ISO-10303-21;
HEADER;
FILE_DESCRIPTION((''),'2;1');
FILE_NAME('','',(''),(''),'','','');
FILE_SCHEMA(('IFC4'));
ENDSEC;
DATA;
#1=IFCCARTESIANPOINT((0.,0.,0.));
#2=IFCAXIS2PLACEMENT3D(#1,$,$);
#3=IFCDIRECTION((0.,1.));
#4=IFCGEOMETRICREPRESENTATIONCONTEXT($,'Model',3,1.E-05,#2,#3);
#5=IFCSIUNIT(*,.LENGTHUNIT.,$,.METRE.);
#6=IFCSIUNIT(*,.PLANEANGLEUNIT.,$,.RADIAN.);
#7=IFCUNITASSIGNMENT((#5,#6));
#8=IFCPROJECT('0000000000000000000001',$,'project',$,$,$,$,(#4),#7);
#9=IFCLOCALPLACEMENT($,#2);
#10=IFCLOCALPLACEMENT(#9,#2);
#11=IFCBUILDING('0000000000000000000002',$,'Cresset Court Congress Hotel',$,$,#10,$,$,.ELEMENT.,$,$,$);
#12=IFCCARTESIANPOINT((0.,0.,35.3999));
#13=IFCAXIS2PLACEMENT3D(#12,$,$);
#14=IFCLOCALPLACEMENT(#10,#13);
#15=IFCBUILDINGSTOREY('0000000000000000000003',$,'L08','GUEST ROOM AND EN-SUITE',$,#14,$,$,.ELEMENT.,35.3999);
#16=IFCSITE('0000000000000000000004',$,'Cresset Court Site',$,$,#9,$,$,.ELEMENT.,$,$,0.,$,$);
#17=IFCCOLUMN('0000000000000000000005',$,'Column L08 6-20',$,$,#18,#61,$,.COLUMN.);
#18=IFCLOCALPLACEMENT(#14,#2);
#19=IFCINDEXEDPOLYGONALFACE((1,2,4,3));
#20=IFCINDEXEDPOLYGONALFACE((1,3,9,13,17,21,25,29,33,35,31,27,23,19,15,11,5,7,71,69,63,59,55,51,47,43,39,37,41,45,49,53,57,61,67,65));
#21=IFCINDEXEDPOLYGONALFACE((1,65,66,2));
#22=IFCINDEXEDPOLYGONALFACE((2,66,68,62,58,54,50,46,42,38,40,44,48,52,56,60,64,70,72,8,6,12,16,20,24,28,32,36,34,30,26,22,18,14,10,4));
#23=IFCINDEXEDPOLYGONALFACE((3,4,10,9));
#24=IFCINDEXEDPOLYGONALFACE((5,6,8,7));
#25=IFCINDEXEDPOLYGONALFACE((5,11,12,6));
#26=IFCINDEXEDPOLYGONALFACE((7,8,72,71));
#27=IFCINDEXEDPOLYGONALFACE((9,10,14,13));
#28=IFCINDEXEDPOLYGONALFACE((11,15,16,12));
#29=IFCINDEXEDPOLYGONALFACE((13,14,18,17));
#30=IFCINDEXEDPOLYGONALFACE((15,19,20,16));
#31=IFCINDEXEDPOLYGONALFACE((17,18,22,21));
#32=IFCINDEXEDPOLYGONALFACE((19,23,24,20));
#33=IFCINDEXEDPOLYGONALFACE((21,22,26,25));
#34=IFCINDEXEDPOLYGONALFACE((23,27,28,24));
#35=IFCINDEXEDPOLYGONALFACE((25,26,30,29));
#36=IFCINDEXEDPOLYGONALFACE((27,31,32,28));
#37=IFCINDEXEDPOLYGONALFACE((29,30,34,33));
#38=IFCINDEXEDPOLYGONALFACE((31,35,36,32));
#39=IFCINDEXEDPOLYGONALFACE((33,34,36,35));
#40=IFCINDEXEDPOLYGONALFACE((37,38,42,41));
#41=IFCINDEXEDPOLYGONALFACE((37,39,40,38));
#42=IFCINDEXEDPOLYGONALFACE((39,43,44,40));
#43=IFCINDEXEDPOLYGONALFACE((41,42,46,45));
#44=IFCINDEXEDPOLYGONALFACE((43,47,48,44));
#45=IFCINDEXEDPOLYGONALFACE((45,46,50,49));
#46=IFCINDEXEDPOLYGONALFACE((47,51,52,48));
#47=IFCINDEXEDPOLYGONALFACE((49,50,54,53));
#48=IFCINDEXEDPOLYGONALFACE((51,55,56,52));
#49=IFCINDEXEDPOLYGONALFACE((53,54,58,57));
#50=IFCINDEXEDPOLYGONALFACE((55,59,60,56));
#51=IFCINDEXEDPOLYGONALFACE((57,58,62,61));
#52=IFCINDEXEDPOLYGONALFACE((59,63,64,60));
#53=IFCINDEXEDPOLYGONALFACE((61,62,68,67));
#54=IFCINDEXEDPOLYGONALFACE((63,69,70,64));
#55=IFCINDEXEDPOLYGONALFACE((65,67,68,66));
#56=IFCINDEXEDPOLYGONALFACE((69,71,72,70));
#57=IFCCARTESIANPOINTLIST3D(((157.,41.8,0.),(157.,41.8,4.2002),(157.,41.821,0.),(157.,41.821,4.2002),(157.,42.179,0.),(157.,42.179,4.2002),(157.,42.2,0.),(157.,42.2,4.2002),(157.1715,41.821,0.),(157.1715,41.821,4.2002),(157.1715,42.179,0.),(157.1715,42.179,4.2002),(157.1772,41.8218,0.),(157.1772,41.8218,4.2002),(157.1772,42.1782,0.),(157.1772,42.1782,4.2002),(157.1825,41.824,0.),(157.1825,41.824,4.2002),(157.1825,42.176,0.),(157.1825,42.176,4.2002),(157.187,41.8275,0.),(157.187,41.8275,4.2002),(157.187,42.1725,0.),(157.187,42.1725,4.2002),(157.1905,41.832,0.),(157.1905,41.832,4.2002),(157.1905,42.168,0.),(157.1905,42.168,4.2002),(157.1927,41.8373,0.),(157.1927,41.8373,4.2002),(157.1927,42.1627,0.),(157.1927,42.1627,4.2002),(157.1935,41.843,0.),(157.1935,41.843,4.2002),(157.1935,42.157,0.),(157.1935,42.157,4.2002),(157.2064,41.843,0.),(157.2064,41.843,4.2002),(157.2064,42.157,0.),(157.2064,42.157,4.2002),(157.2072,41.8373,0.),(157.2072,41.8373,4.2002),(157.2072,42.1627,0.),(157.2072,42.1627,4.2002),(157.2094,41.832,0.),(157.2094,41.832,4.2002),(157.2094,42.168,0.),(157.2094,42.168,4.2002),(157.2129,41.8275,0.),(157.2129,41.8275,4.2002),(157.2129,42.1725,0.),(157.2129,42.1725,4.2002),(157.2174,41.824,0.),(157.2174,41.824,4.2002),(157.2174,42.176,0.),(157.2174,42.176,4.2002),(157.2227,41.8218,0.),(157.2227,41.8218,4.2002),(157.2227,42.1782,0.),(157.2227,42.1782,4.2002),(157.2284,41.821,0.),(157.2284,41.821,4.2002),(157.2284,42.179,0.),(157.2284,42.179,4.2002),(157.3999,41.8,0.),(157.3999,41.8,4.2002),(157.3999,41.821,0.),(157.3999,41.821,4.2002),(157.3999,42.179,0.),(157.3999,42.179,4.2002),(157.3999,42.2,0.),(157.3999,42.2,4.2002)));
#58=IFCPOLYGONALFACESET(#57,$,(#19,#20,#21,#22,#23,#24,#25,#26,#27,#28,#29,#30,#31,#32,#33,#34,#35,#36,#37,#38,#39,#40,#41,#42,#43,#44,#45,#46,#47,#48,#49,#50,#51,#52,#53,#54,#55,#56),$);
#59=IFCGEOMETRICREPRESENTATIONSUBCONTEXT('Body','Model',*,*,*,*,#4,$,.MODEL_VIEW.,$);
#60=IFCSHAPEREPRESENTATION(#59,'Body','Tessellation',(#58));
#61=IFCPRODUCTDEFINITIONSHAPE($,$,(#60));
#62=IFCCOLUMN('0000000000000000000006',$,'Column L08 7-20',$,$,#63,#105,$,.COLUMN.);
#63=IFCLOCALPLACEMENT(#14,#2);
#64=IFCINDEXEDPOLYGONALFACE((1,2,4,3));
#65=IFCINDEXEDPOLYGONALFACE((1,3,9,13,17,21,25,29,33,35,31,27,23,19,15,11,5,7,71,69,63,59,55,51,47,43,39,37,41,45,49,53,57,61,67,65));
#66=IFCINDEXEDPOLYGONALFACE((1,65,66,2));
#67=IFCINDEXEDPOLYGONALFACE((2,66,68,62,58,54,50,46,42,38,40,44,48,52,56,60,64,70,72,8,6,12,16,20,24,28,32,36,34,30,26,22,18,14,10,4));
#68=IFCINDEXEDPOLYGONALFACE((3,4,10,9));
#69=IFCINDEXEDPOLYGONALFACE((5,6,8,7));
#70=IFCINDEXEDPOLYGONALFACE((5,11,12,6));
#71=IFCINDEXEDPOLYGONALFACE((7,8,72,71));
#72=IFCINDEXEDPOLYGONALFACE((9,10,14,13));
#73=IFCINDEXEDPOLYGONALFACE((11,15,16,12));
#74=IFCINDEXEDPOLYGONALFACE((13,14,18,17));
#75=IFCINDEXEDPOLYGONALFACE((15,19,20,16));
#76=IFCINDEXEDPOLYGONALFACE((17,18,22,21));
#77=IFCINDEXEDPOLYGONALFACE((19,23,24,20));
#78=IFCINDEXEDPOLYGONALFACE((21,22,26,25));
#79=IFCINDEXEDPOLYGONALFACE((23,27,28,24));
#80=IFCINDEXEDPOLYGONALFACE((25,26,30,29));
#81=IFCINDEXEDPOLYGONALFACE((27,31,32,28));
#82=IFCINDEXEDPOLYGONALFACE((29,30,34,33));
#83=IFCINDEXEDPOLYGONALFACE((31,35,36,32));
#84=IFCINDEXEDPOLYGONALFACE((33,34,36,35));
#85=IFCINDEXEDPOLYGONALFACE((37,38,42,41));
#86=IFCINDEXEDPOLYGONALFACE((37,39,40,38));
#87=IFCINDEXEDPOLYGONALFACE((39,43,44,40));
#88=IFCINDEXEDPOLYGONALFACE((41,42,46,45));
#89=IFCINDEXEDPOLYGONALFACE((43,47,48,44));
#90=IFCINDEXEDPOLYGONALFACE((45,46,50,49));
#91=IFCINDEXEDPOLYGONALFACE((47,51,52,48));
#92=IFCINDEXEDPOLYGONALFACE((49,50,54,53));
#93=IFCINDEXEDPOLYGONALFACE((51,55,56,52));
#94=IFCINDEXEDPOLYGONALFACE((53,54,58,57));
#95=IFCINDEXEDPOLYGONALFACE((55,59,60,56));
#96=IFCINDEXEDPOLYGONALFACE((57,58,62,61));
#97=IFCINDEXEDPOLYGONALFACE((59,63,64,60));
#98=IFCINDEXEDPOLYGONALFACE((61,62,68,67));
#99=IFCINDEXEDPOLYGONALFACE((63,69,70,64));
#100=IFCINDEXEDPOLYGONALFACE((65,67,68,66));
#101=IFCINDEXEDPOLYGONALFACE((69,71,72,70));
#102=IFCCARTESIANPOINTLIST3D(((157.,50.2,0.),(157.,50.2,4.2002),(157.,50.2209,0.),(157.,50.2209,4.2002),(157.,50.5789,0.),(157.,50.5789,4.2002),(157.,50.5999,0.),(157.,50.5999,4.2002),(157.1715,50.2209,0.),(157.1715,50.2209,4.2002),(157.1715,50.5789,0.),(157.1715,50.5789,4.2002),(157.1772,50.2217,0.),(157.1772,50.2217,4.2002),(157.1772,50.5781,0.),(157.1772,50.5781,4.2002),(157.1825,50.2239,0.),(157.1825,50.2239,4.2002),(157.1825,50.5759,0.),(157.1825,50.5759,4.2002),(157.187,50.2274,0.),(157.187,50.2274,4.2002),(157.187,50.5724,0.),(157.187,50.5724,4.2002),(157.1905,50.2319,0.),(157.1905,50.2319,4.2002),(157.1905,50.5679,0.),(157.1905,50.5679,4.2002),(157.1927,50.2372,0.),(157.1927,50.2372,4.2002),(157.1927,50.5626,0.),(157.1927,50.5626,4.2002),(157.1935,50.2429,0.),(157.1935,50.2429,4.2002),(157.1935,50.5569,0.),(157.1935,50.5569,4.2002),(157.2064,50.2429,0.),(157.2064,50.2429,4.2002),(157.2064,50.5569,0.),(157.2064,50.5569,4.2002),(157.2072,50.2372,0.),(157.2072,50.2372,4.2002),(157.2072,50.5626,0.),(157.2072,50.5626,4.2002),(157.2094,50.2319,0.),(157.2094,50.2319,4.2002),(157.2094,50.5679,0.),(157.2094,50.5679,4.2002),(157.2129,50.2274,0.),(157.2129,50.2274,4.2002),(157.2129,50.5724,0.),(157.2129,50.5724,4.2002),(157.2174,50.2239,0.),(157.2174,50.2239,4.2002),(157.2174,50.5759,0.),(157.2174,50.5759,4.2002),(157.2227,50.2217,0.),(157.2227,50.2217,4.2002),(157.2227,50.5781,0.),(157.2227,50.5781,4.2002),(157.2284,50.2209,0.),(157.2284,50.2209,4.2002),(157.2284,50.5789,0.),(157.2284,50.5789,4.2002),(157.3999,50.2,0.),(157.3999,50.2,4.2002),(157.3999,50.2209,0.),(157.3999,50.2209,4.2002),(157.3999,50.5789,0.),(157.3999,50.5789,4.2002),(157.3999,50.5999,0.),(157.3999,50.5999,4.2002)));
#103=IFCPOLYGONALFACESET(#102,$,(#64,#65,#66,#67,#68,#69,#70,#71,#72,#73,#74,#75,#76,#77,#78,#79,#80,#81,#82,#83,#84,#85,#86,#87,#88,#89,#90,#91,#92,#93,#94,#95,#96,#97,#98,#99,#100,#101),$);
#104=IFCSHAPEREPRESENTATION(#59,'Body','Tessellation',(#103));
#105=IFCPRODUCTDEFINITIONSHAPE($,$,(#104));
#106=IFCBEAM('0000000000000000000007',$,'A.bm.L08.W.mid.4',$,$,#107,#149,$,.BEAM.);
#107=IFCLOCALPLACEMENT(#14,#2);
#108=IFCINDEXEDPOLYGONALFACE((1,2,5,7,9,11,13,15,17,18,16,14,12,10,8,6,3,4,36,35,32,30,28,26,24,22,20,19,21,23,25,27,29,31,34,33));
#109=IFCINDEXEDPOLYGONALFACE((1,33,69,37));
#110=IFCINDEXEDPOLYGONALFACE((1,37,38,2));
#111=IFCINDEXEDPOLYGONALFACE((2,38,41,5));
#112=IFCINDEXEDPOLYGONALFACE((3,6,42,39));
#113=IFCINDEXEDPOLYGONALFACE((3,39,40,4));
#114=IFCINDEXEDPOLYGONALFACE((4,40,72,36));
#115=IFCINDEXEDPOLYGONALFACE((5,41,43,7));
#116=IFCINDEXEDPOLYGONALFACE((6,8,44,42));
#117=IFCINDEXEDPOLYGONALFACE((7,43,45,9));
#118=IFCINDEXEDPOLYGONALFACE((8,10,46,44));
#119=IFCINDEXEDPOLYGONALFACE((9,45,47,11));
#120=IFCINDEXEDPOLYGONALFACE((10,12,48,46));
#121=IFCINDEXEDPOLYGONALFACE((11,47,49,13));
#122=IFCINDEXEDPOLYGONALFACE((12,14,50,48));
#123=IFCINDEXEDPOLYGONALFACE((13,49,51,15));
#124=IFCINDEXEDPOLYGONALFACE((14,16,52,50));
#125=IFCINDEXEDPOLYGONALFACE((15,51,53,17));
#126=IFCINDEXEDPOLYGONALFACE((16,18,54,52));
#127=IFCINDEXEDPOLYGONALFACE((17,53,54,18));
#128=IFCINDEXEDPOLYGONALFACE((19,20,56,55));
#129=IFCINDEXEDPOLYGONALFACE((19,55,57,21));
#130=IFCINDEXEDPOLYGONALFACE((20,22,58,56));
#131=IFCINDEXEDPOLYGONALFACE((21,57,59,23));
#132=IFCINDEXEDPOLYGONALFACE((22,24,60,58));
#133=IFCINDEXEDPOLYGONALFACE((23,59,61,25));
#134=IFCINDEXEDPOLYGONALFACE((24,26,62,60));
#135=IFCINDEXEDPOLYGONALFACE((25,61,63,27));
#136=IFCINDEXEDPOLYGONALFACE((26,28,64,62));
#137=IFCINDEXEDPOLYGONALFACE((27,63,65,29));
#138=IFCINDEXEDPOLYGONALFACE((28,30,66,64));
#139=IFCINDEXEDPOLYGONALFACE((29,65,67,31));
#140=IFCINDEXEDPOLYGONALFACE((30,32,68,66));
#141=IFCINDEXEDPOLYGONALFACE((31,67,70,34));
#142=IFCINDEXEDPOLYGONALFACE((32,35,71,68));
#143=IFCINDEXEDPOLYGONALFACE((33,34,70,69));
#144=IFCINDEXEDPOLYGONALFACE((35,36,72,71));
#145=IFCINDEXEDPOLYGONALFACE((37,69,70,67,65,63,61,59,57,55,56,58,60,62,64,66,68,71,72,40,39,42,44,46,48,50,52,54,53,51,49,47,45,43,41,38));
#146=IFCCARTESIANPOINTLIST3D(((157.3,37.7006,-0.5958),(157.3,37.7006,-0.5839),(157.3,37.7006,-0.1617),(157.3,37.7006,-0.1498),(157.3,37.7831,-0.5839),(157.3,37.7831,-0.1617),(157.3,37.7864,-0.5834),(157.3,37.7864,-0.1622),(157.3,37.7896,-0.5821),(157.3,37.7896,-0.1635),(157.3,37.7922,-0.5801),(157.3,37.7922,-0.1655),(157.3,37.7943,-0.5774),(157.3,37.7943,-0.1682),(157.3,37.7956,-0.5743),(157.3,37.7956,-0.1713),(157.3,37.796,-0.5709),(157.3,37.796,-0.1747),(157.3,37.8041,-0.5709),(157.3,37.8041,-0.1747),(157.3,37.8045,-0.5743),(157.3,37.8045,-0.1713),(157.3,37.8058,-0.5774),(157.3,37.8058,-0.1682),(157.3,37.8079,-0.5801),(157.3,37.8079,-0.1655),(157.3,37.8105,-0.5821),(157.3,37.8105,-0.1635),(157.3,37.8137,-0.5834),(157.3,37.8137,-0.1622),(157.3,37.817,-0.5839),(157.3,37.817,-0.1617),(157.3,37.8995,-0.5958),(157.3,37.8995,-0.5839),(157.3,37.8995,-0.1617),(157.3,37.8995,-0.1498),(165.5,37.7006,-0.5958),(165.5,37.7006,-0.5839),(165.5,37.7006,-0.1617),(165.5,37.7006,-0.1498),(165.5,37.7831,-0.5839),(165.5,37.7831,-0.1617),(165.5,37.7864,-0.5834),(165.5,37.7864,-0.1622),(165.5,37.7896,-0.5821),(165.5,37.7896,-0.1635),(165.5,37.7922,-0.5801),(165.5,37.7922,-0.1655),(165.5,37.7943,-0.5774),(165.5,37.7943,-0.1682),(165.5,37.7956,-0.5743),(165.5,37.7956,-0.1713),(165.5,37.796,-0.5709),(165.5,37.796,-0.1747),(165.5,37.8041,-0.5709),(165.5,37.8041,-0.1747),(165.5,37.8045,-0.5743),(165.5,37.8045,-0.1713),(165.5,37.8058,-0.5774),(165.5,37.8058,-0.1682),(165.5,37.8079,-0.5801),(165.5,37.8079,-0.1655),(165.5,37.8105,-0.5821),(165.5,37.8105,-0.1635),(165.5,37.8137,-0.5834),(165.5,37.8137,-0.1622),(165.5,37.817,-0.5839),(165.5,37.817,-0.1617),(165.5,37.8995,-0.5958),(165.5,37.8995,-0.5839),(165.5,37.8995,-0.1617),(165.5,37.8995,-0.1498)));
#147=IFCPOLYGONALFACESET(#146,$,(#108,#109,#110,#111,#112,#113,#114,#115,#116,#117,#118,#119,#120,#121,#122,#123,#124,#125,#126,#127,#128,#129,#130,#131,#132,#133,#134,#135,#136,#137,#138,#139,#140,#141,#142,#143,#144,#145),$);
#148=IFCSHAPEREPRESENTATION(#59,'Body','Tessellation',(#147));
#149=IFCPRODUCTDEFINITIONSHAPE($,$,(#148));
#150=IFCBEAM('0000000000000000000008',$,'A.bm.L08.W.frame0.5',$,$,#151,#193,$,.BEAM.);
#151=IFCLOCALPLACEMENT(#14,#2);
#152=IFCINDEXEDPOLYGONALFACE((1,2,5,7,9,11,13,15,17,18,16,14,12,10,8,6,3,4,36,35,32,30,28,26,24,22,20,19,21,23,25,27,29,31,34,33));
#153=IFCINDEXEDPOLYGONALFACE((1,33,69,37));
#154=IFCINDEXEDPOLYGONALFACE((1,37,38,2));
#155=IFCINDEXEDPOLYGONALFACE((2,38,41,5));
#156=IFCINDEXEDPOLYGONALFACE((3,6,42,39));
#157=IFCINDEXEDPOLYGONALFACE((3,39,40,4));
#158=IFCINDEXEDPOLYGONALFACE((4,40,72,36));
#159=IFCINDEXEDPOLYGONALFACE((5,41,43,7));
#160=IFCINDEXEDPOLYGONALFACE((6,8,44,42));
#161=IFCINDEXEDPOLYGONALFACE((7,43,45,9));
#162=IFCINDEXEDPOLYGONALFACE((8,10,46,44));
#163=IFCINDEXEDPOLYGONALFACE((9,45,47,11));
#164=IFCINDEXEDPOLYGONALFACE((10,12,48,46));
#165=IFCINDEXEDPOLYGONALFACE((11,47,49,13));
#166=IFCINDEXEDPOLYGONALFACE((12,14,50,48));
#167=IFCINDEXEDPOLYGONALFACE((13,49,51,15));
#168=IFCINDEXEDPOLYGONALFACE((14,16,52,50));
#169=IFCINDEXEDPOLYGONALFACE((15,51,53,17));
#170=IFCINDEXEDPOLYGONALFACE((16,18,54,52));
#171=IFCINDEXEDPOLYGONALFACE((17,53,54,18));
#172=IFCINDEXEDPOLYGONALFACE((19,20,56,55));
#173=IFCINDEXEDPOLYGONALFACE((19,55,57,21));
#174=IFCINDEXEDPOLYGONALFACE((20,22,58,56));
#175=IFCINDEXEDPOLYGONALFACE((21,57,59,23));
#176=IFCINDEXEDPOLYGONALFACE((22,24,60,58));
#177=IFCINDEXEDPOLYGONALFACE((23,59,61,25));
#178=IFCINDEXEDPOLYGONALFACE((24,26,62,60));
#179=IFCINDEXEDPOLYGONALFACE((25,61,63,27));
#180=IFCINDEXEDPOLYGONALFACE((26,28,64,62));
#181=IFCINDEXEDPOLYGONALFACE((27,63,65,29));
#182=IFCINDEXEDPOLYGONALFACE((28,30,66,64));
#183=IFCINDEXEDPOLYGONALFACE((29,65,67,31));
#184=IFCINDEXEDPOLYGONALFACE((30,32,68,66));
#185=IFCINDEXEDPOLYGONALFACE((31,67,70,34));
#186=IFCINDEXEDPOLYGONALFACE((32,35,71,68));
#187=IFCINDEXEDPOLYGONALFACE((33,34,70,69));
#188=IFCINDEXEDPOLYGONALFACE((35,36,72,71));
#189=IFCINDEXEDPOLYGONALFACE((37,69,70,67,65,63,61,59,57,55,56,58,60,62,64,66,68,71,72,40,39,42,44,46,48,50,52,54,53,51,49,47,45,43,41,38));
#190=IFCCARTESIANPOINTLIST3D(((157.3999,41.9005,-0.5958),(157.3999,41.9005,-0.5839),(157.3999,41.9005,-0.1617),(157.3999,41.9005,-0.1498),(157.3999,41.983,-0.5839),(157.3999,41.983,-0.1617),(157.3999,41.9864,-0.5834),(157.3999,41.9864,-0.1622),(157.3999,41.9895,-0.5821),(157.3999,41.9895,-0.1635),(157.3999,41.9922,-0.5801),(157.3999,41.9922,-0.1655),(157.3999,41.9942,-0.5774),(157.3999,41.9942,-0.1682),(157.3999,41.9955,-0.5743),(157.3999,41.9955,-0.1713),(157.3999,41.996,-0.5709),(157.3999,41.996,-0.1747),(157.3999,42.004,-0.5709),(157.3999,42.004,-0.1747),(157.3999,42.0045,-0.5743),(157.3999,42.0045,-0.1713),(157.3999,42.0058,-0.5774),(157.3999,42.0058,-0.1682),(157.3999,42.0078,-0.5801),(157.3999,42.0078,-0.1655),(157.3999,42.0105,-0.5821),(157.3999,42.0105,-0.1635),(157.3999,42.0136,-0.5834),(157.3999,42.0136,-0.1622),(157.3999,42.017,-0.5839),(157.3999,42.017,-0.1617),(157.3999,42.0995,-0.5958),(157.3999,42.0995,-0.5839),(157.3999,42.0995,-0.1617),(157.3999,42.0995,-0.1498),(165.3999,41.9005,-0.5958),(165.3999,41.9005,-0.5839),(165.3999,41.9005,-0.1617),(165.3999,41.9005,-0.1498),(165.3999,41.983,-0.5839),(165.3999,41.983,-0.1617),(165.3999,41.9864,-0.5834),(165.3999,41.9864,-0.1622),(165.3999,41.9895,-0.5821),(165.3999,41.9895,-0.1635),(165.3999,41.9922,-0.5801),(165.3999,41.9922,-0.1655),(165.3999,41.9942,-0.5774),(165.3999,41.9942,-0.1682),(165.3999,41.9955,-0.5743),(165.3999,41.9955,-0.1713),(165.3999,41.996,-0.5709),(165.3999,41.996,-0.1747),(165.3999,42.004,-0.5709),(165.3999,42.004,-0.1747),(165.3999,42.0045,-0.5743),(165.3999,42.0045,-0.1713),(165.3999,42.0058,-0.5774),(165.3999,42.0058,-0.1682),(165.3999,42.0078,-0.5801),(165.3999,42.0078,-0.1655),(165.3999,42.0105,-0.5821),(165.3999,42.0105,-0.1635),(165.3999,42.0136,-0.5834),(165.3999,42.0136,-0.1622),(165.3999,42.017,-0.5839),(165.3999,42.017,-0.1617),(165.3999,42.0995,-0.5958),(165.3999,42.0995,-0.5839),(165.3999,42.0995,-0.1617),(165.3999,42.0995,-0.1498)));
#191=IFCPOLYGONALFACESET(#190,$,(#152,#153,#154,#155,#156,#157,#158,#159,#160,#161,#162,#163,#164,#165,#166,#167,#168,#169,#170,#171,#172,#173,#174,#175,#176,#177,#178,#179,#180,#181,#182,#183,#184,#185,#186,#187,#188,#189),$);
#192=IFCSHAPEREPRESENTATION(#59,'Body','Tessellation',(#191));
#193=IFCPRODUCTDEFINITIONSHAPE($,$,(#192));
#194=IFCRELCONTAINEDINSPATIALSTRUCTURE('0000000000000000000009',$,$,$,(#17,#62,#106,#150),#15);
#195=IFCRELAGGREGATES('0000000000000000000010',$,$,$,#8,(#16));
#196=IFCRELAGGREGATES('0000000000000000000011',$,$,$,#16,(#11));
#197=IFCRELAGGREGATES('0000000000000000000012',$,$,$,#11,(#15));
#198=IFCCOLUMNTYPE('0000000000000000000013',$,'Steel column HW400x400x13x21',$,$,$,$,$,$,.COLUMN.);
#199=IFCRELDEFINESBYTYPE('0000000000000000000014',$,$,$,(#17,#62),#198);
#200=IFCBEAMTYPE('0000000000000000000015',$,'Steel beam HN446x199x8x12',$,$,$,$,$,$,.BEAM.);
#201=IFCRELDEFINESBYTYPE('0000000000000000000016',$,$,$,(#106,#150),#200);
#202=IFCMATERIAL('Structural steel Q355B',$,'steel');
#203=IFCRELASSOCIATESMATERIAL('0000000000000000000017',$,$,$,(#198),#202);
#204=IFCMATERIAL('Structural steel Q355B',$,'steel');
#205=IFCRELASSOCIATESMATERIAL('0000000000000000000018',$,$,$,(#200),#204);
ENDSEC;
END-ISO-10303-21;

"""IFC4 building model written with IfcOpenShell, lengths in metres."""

from ifc_helpers import new_model, si_unit, direction, frame, origin, origin_2d, place, context, subcontext, project, spatial, i_section, extrude, material, material_profile, profile_set, type_object, element, save


model = new_model("IFC4")

# Units and contexts
model_context = context("Model", 3, precision=1e-05, world=origin(), true_north=direction((0.0, 1.0)))
body_context = subcontext(model_context, "Body", "Model", "MODEL_VIEW")
ifc_project = project(units=[si_unit("LENGTHUNIT", "METRE"), si_unit("PLANEANGLEUNIT", "RADIAN")], contexts=[model_context])

# Site, building, storey
site_placement = place(None, origin())
site = spatial("IfcSite", under=ifc_project, at=site_placement, Name="Cresset Court Site", CompositionType="ELEMENT", RefElevation=0.0)
building_placement = place(site_placement, origin())
building = spatial("IfcBuilding", under=site, at=building_placement, Name="Cresset Court Congress Hotel", CompositionType="ELEMENT")
storey_placement = place(building_placement, frame((0.0, 0.0, 35.3999)))
storey = spatial("IfcBuildingStorey", under=building, at=storey_placement, Name="L08", Description="GUEST ROOM AND EN-SUITE", CompositionType="ELEMENT", Elevation=35.3999)

# Columns
ifc_material_1 = material(Name="Structural steel Q355B", Category="steel")
ifc_material_profile_1 = material_profile(ifc_material_1, i_section(OverallWidth=0.3999, OverallDepth=0.3999, WebThickness=0.0129, FlangeThickness=0.021, FilletRadius=0.022, at=origin_2d()), Name="HW400x400x13x21")
ifc_profile_set_1 = profile_set([ifc_material_profile_1], Name="Structural steel Q355B")
column_type = type_object("IfcColumnType", Name="Steel column HW400x400x13x21", PredefinedType="COLUMN", material=ifc_profile_set_1)
for number, where, z_axis, x_axis, name in (
    (1, (157.2, 42.0, 0.0), (0.0, 0.0, 1.0), (1.0, 0.0, 0.0), "Column L08 6-20"),
    (2, (157.2, 50.3999, 0.0), (0.0, 0.0, 1.0), (1.0, 0.0, 0.0), "Column L08 7-20"),
):
    element("IfcColumn", number, at=place(storey_placement, frame(where, z_axis=z_axis, x_axis=x_axis)), inside=storey, type_object=column_type, Name=name, PredefinedType="COLUMN", context=body_context, shape_type="SweptSolid", body=[
        extrude(i_section(OverallWidth=0.3999, OverallDepth=0.3999, WebThickness=0.0129, FlangeThickness=0.021, FilletRadius=0.022, at=origin_2d()), origin(), (0.0, 0.0, 1.0), 4.2002),
    ])

# Beams
ifc_material_2 = material(Name="Structural steel Q355B", Category="steel")
ifc_material_profile_2 = material_profile(ifc_material_2, i_section(OverallWidth=0.199, OverallDepth=0.446, WebThickness=0.0081, FlangeThickness=0.012, FilletRadius=0.0129, at=origin_2d()), Name="HN446x199x8x12")
ifc_profile_set_2 = profile_set([ifc_material_profile_2], Name="Structural steel Q355B")
beam_type_1 = type_object("IfcBeamType", Name="Steel beam HN446x199x8x12", PredefinedType="BEAM", material=ifc_profile_set_2)
beam_1_placement = place(storey_placement, frame((157.3, 37.8, -0.3728), z_axis=(1.0, 0.0, 0.0), x_axis=(0.0, 1.0, 0.0)))
element("IfcBeam", 3, at=beam_1_placement, inside=storey, type_object=beam_type_1, Name="A.bm.L08.W.mid.4", PredefinedType="BEAM", context=body_context, shape_type="SweptSolid", body=[
    extrude(i_section(OverallWidth=0.199, OverallDepth=0.446, WebThickness=0.0081, FlangeThickness=0.012, FilletRadius=0.0129, at=origin_2d()), origin(), (0.0, 0.0, 1.0), 8.2),
])
beam_2_placement = place(storey_placement, frame((157.3999, 42.0, -0.3728), z_axis=(1.0, 0.0, 0.0), x_axis=(0.0, 1.0, 0.0)))
element("IfcBeam", 4, at=beam_2_placement, inside=storey, type_object=beam_type_1, Name="A.bm.L08.W.frame0.5", PredefinedType="BEAM", context=body_context, shape_type="SweptSolid", body=[
    extrude(i_section(OverallWidth=0.199, OverallDepth=0.446, WebThickness=0.0081, FlangeThickness=0.012, FilletRadius=0.0129, at=origin_2d()), origin(), (0.0, 0.0, 1.0), 8.0),
])

save(model, "model.ifc")
